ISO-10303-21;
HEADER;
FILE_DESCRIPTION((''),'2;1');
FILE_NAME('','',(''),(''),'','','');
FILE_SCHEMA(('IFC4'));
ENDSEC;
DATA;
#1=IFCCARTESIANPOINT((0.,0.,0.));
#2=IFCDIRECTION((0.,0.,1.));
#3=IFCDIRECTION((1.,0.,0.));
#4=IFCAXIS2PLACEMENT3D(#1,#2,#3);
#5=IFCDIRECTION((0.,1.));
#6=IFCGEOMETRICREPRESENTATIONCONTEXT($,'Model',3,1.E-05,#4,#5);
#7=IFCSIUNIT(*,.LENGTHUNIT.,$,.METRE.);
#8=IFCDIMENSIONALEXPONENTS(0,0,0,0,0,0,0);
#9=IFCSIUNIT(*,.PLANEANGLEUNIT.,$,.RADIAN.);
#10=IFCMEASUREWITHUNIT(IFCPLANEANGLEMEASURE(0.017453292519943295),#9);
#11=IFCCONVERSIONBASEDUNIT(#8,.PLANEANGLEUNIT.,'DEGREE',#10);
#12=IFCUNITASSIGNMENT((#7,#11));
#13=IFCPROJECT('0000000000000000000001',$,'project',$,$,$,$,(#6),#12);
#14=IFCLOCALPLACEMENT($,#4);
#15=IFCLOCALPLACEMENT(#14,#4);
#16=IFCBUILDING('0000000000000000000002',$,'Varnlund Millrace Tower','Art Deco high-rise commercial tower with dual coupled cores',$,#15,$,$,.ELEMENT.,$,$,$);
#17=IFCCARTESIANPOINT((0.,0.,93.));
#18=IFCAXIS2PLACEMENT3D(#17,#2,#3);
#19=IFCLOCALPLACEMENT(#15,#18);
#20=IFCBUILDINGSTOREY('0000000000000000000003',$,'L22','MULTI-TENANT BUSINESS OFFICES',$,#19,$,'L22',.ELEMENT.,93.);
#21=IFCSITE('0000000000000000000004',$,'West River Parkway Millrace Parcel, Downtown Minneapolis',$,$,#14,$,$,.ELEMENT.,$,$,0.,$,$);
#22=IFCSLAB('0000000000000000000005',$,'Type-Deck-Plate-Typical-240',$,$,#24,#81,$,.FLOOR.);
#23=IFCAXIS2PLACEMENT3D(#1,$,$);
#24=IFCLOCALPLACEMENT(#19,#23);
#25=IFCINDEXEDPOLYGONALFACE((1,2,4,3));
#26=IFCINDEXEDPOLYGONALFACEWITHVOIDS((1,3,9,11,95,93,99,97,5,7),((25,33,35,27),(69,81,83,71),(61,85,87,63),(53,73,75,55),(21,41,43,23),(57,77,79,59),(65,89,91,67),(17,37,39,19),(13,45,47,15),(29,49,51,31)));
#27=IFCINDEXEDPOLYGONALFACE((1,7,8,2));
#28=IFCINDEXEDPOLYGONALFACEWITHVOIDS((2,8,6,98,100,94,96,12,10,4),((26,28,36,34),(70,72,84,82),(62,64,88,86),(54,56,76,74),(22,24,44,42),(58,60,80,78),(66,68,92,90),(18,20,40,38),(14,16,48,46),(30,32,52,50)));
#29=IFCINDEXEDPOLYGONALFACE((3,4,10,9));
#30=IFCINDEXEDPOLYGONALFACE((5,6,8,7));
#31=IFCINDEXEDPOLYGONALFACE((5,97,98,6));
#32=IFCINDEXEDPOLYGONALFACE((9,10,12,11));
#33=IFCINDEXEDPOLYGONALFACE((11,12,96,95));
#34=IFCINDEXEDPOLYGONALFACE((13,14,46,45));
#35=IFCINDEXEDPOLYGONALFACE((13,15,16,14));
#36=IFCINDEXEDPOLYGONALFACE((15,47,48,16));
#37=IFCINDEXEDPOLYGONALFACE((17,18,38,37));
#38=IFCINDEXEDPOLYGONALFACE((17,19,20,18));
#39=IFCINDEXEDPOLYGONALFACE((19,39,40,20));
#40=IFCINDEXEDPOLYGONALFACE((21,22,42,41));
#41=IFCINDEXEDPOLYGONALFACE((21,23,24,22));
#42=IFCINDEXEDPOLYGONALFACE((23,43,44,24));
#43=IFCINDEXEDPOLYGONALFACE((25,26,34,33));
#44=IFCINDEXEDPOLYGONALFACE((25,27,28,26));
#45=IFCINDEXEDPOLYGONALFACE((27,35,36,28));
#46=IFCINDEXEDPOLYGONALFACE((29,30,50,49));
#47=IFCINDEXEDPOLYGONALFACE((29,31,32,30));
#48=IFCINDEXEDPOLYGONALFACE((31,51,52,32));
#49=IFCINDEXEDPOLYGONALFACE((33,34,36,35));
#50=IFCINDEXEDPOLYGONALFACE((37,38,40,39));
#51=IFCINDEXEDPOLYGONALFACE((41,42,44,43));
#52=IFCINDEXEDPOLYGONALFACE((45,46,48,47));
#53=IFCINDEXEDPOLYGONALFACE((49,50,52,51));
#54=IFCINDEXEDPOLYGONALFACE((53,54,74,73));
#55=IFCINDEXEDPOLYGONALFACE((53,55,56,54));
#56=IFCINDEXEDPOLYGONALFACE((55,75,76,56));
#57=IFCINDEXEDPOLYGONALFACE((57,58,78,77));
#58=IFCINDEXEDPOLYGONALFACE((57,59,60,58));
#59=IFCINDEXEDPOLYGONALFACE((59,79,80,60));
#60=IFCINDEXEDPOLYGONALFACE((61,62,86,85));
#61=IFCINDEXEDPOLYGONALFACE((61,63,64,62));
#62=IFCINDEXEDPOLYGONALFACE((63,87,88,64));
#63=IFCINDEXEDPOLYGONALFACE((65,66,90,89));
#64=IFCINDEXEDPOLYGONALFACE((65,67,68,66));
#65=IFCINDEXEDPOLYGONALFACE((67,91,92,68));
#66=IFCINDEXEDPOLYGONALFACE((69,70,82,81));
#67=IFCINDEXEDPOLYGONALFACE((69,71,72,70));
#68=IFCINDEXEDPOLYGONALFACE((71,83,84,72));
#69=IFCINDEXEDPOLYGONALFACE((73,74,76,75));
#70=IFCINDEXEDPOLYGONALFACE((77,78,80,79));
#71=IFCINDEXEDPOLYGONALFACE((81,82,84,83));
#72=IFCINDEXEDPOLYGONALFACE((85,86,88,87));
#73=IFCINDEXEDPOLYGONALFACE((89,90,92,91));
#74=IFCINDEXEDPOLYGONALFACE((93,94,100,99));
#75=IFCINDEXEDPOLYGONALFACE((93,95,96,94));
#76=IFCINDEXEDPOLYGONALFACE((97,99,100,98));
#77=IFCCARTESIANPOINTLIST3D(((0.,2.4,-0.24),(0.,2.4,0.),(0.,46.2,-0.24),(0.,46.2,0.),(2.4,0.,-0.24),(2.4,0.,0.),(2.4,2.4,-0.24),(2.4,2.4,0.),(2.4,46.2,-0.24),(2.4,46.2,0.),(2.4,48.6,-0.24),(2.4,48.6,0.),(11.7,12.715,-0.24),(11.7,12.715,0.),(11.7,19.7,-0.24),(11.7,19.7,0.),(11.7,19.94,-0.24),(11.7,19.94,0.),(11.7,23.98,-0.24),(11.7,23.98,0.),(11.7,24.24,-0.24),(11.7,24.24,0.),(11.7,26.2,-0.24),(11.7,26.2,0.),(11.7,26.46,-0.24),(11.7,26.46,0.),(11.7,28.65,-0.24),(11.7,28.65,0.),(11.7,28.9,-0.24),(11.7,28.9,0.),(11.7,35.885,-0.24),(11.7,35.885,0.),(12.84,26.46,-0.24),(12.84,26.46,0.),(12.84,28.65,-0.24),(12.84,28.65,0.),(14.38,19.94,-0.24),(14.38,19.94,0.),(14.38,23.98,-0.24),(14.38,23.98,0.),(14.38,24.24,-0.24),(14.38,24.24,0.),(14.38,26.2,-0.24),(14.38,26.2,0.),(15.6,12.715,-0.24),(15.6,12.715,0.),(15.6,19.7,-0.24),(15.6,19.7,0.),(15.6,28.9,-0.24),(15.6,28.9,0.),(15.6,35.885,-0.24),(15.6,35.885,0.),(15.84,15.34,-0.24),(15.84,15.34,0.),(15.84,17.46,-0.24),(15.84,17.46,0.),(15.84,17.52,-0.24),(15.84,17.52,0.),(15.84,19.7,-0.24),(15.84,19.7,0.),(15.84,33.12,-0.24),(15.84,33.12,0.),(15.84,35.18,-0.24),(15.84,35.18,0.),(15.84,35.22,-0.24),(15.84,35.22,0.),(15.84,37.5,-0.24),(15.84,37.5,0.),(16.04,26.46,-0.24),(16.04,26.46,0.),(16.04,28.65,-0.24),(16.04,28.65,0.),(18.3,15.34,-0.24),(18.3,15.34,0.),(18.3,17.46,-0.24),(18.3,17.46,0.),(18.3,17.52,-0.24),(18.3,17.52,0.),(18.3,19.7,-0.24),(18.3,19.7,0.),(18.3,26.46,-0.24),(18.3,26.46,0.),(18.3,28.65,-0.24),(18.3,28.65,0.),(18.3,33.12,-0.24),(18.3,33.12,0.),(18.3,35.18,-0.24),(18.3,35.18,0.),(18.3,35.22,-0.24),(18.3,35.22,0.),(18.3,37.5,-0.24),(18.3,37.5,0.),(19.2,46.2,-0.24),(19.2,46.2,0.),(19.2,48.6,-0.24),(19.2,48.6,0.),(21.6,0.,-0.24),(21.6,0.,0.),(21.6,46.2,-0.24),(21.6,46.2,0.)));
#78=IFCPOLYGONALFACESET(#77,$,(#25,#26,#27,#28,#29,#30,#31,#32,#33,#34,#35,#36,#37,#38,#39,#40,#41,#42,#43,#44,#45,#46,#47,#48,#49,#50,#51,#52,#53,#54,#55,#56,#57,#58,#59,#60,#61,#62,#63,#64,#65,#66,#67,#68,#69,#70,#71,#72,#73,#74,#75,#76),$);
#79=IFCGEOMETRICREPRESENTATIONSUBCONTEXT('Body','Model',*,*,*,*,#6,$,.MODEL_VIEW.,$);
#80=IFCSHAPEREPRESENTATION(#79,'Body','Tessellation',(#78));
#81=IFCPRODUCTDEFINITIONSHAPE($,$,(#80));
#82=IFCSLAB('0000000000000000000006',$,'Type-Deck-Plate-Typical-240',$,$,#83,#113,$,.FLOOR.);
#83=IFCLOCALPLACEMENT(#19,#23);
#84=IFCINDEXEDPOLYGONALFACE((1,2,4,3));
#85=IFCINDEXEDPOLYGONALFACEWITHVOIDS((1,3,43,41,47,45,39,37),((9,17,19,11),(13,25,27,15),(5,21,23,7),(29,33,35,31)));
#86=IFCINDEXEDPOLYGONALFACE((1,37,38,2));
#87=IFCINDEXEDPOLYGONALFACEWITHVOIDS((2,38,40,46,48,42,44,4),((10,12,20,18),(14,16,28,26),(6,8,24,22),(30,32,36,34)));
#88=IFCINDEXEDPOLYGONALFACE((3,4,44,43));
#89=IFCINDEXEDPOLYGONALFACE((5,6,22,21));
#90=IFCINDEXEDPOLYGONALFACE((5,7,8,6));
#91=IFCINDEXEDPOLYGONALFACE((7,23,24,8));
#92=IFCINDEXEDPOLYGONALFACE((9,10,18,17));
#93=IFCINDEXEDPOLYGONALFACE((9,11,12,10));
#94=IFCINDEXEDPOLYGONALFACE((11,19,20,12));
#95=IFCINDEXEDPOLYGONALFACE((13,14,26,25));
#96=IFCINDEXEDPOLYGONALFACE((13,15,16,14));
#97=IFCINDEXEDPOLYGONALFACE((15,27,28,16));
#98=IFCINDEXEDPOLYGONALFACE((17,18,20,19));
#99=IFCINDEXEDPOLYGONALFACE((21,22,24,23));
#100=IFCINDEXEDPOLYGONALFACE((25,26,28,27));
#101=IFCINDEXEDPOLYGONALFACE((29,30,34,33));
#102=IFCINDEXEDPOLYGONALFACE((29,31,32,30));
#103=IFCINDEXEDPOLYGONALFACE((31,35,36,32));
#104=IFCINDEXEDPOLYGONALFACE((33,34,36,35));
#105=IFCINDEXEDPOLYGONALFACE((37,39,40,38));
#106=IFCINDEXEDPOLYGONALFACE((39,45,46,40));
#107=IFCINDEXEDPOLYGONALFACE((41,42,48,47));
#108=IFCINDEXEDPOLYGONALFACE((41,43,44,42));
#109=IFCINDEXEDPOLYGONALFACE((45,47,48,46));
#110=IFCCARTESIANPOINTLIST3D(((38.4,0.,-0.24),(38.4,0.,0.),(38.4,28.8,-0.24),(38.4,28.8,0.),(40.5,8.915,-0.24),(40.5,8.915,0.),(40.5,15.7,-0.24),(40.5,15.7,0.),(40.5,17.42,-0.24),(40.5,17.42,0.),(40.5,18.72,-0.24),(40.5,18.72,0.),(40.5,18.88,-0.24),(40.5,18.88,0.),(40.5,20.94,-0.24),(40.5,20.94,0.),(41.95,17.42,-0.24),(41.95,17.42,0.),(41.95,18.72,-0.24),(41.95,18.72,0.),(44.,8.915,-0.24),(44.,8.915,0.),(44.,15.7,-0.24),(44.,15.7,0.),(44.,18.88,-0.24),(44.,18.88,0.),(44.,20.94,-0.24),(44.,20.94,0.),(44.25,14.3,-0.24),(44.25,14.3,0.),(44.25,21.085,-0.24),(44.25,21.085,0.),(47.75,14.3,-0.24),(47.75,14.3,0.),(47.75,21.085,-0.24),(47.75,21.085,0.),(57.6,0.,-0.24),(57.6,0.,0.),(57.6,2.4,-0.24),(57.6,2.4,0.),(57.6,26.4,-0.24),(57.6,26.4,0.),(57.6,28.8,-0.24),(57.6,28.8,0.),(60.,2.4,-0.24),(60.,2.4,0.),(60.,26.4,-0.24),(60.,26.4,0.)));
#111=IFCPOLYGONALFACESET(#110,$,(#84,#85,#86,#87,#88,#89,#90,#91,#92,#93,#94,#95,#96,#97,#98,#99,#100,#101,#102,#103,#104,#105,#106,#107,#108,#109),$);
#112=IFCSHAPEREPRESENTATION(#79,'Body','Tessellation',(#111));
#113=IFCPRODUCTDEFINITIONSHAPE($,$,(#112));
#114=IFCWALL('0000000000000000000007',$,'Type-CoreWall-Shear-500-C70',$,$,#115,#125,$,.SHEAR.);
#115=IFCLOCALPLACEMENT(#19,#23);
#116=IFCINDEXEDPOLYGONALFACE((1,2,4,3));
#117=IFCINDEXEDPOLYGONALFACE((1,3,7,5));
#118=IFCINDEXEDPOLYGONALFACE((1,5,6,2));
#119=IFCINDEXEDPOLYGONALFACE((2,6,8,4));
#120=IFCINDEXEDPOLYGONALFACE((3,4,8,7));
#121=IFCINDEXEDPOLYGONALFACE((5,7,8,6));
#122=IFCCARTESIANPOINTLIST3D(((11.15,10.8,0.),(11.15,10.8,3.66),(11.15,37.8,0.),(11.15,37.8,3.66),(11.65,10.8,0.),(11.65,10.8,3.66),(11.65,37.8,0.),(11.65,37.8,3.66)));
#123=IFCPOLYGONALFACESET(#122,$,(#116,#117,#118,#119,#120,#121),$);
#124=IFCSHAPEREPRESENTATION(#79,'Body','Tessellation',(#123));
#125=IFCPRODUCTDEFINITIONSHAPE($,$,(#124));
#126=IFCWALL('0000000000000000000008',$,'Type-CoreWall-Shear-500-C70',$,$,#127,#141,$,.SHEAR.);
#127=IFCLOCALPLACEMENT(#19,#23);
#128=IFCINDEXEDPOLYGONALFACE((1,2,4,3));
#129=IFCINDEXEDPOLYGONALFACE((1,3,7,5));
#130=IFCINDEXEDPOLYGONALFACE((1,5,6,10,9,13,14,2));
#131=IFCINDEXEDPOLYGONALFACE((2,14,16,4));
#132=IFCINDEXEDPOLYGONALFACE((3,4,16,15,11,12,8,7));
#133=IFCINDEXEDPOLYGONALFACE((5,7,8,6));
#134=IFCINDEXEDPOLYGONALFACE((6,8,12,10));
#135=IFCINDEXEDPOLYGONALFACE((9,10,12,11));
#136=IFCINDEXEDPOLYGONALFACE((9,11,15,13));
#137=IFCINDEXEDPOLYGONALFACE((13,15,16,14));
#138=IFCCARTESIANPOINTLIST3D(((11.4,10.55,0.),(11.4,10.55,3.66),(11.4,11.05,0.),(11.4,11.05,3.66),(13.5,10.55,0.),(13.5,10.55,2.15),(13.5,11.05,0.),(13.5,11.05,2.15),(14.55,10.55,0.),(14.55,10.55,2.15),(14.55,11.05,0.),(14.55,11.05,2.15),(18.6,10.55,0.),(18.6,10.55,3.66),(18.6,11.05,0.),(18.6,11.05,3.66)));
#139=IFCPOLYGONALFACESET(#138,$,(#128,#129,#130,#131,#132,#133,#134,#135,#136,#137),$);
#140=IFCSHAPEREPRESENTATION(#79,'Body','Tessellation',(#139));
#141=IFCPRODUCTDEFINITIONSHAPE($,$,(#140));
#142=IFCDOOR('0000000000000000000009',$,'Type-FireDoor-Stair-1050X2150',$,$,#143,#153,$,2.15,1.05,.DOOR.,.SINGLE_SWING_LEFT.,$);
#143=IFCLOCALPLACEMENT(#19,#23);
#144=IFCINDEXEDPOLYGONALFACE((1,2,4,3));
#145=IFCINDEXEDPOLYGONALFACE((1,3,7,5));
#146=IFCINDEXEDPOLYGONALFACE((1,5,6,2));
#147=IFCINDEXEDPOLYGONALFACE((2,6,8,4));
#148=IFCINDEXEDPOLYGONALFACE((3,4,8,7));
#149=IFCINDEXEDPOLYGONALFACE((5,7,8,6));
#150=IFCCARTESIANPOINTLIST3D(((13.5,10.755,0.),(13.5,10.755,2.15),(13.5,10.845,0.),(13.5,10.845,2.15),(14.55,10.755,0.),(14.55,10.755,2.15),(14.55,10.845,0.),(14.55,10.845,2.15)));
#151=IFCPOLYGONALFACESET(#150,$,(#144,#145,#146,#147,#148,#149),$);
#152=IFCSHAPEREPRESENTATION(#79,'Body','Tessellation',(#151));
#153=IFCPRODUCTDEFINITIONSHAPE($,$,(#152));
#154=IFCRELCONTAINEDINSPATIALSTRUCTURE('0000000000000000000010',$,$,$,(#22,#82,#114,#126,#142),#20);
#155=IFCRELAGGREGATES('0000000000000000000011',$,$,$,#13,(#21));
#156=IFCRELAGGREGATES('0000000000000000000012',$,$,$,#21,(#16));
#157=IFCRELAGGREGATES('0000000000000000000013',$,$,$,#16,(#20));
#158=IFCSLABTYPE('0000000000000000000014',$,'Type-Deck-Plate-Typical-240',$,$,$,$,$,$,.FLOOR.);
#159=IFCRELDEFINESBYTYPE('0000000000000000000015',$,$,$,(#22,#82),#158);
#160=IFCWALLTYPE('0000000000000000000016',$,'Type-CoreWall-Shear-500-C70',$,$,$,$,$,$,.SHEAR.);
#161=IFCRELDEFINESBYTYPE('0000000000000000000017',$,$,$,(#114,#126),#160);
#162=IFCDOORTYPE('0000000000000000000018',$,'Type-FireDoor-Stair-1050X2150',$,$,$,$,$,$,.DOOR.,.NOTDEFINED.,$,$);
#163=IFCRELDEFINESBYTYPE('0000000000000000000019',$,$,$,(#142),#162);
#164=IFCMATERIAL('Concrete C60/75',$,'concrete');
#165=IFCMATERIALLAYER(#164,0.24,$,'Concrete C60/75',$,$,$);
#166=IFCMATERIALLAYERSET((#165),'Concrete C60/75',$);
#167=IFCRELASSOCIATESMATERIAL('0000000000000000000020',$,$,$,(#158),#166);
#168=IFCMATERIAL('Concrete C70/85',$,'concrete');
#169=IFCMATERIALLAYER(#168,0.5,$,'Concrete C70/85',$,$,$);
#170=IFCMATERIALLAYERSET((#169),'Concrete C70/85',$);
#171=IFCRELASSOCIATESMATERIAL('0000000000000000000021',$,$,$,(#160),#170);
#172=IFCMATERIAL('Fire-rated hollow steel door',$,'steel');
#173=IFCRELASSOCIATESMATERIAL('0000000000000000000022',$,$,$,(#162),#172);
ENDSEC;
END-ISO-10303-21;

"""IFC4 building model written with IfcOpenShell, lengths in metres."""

from ifc_helpers import new_model, entity, si_unit, converted_unit, direction, frame, origin_with_axes, origin_2d_with_axis, place, context, subcontext, project, spatial, polyline, rectangle, outline, extrude, material, layer, layer_set, type_object, element, fill, save


model = new_model("IFC4")

# Units and contexts
model_context = context("Model", 3, precision=1e-05, world=origin_with_axes(), true_north=direction((0.0, 1.0)))
body_context = subcontext(model_context, "Body", "Model", "MODEL_VIEW")
ifc_project = project(units=[si_unit("LENGTHUNIT", "METRE"), converted_unit("PLANEANGLEUNIT", "DEGREE", entity("IfcPlaneAngleMeasure", 0.017453292519943295), si_unit("PLANEANGLEUNIT", "RADIAN"), dimensions=[0, 0, 0, 0, 0, 0, 0])], contexts=[model_context])

# Site, building, storey
site_placement = place(None, origin_with_axes())
site = spatial("IfcSite", under=ifc_project, at=site_placement, Name="West River Parkway Millrace Parcel, Downtown Minneapolis", CompositionType="ELEMENT", RefElevation=0.0)
building_placement = place(site_placement, origin_with_axes())
building = spatial("IfcBuilding", under=site, at=building_placement, Name="Varnlund Millrace Tower", Description="Art Deco high-rise commercial tower with dual coupled cores", CompositionType="ELEMENT")
storey_placement = place(building_placement, frame((0.0, 0.0, 93.0), z_axis=(0.0, 0.0, 1.0), x_axis=(1.0, 0.0, 0.0)))
storey = spatial("IfcBuildingStorey", under=building, at=storey_placement, Name="L22", Description="MULTI-TENANT BUSINESS OFFICES", LongName="L22", CompositionType="ELEMENT", Elevation=93.0)

# Slabs
ifc_material_1 = material(Name="Concrete C60/75", Category="concrete")
ifc_layer_1 = layer(ifc_material_1, 0.24, Name="Concrete C60/75")
ifc_layer_set_1 = layer_set([ifc_layer_1], Name="Concrete C60/75")
slab_type = type_object("IfcSlabType", Name="Type-Deck-Plate-Typical-240", PredefinedType="FLOOR", material=ifc_layer_set_1)
slab_1_placement = place(storey_placement, frame((0.0, 0.0, -0.24), z_axis=(0.0, 0.0, 1.0), x_axis=(1.0, 0.0, 0.0)))
element("IfcSlab", 1, at=slab_1_placement, inside=storey, type_object=slab_type, Name="Type-Deck-Plate-Typical-240", PredefinedType="FLOOR", context=body_context, shape_type="SweptSolid", body=[
    extrude(outline(polyline([(2.4, 2.4), (2.4, 0.0), (21.6, 0.0), (21.6, 46.2), (19.2, 46.2), (19.2, 48.6), (2.4, 48.6), (2.4, 46.2), (0.0, 46.2), (0.0, 2.4), (2.4, 2.4)]), holes=[polyline([(15.6, 19.7), (15.6, 12.715), (11.7, 12.715), (11.7, 19.7), (15.6, 19.7)]), polyline([(11.7, 23.98), (14.38, 23.98), (14.38, 19.94), (11.7, 19.94), (11.7, 23.98)]), polyline([(14.38, 24.24), (11.7, 24.24), (11.7, 26.2), (14.38, 26.2), (14.38, 24.24)]), polyline([(12.84, 26.46), (11.7, 26.46), (11.7, 28.65), (12.84, 28.65), (12.84, 26.46)]), polyline([(15.6, 35.885), (15.6, 28.9), (11.7, 28.9), (11.7, 35.885), (15.6, 35.885)]), polyline([(18.3, 15.34), (15.84, 15.34), (15.84, 17.46), (18.3, 17.46), (18.3, 15.34)]), polyline([(18.3, 17.52), (15.84, 17.52), (15.84, 19.7), (18.3, 19.7), (18.3, 17.52)]), polyline([(18.3, 28.65), (18.3, 26.46), (16.04, 26.46), (16.04, 28.65), (18.3, 28.65)]), polyline([(18.3, 33.12), (15.84, 33.12), (15.84, 35.18), (18.3, 35.18), (18.3, 33.12)]), polyline([(18.3, 35.22), (15.84, 35.22), (15.84, 37.5), (18.3, 37.5), (18.3, 35.22)])]), origin_with_axes(), (0.0, 0.0, 1.0), 0.24),
])
slab_2_placement = place(storey_placement, frame((0.0, 0.0, -0.24), z_axis=(0.0, 0.0, 1.0), x_axis=(1.0, 0.0, 0.0)))
element("IfcSlab", 2, at=slab_2_placement, inside=storey, type_object=slab_type, Name="Type-Deck-Plate-Typical-240", PredefinedType="FLOOR", context=body_context, shape_type="SweptSolid", body=[
    extrude(outline(polyline([(38.4, 0.0), (57.6, 0.0), (57.6, 2.4), (60.0, 2.4), (60.0, 26.4), (57.6, 26.4), (57.6, 28.8), (38.4, 28.8), (38.4, 0.0)]), holes=[polyline([(40.5, 15.7), (44.0, 15.7), (44.0, 8.915), (40.5, 8.915), (40.5, 15.7)]), polyline([(44.25, 21.085), (47.75, 21.085), (47.75, 14.3), (44.25, 14.3), (44.25, 21.085)]), polyline([(40.5, 18.72), (41.95, 18.72), (41.95, 17.42), (40.5, 17.42), (40.5, 18.72)]), polyline([(40.5, 20.94), (44.0, 20.94), (44.0, 18.88), (40.5, 18.88), (40.5, 20.94)])]), origin_with_axes(), (0.0, 0.0, 1.0), 0.24),
])

# Wall
ifc_material_2 = material(Name="Concrete C70/85", Category="concrete")
ifc_layer_2 = layer(ifc_material_2, 0.5, Name="Concrete C70/85")
ifc_layer_set_2 = layer_set([ifc_layer_2], Name="Concrete C70/85")
wall_type = type_object("IfcWallType", Name="Type-CoreWall-Shear-500-C70", PredefinedType="SHEAR", material=ifc_layer_set_2)
wall_1_placement = place(storey_placement, frame((11.4, 10.8, 0.0), z_axis=(0.0, 0.0, 1.0), x_axis=(0.0, 1.0, 0.0)))
element("IfcWall", 3, at=wall_1_placement, inside=storey, type_object=wall_type, Name="Type-CoreWall-Shear-500-C70", PredefinedType="SHEAR", context=body_context, shape_type="SweptSolid", body=[
    extrude(outline(polyline([(0.0, -0.25), (27.0, -0.25), (27.0, 0.25), (0.0, 0.25), (0.0, -0.25)])), origin_with_axes(), (0.0, 0.0, 1.0), 3.66),
])

# Wall, opening, door
wall_2_placement = place(storey_placement, frame((11.4, 10.8, 0.0), z_axis=(0.0, 0.0, 1.0), x_axis=(1.0, 0.0, 0.0)))
wall_2 = element("IfcWall", 4, at=wall_2_placement, inside=storey, type_object=wall_type, Name="Type-CoreWall-Shear-500-C70", PredefinedType="SHEAR", context=body_context, shape_type="SweptSolid", body=[
    extrude(outline(polyline([(0.0, -0.25), (7.2, -0.25), (7.2, 0.25), (0.0, 0.25), (0.0, -0.25)])), origin_with_axes(), (0.0, 0.0, 1.0), 3.66),
])
opening_1_placement = place(wall_2_placement, frame((2.625, 0.0, 0.0), z_axis=(0.0, 0.0, 1.0), x_axis=(1.0, 0.0, 0.0)))
opening_1 = element("IfcOpeningElement", 5, at=opening_1_placement, cuts=wall_2, PredefinedType="OPENING", context=body_context, shape_type="SweptSolid", body=[
    extrude(rectangle(XDim=1.05, YDim=0.52, at=origin_2d_with_axis()), origin_with_axes(), (0.0, 0.0, 1.0), 2.15),
])
ifc_material_3 = material(Name="Fire-rated hollow steel door", Category="steel")
door_type = type_object("IfcDoorType", Name="Type-FireDoor-Stair-1050X2150", OperationType="NOTDEFINED", PredefinedType="DOOR", material=ifc_material_3)
door_1_placement = place(wall_2_placement, frame((2.625, 0.0, 0.0), z_axis=(0.0, 0.0, 1.0), x_axis=(1.0, 0.0, 0.0)))
door_1 = element("IfcDoor", 6, at=door_1_placement, inside=storey, type_object=door_type, Name="Type-FireDoor-Stair-1050X2150", OperationType="SINGLE_SWING_LEFT", OverallHeight=2.15, OverallWidth=1.05, PredefinedType="DOOR", context=body_context, shape_type="SweptSolid", body=[
    extrude(rectangle(XDim=1.05, YDim=0.09, at=origin_2d_with_axis()), origin_with_axes(), (0.0, 0.0, 1.0), 2.15),
])
fill(opening_1, door_1)

save(model, "model.ifc")
